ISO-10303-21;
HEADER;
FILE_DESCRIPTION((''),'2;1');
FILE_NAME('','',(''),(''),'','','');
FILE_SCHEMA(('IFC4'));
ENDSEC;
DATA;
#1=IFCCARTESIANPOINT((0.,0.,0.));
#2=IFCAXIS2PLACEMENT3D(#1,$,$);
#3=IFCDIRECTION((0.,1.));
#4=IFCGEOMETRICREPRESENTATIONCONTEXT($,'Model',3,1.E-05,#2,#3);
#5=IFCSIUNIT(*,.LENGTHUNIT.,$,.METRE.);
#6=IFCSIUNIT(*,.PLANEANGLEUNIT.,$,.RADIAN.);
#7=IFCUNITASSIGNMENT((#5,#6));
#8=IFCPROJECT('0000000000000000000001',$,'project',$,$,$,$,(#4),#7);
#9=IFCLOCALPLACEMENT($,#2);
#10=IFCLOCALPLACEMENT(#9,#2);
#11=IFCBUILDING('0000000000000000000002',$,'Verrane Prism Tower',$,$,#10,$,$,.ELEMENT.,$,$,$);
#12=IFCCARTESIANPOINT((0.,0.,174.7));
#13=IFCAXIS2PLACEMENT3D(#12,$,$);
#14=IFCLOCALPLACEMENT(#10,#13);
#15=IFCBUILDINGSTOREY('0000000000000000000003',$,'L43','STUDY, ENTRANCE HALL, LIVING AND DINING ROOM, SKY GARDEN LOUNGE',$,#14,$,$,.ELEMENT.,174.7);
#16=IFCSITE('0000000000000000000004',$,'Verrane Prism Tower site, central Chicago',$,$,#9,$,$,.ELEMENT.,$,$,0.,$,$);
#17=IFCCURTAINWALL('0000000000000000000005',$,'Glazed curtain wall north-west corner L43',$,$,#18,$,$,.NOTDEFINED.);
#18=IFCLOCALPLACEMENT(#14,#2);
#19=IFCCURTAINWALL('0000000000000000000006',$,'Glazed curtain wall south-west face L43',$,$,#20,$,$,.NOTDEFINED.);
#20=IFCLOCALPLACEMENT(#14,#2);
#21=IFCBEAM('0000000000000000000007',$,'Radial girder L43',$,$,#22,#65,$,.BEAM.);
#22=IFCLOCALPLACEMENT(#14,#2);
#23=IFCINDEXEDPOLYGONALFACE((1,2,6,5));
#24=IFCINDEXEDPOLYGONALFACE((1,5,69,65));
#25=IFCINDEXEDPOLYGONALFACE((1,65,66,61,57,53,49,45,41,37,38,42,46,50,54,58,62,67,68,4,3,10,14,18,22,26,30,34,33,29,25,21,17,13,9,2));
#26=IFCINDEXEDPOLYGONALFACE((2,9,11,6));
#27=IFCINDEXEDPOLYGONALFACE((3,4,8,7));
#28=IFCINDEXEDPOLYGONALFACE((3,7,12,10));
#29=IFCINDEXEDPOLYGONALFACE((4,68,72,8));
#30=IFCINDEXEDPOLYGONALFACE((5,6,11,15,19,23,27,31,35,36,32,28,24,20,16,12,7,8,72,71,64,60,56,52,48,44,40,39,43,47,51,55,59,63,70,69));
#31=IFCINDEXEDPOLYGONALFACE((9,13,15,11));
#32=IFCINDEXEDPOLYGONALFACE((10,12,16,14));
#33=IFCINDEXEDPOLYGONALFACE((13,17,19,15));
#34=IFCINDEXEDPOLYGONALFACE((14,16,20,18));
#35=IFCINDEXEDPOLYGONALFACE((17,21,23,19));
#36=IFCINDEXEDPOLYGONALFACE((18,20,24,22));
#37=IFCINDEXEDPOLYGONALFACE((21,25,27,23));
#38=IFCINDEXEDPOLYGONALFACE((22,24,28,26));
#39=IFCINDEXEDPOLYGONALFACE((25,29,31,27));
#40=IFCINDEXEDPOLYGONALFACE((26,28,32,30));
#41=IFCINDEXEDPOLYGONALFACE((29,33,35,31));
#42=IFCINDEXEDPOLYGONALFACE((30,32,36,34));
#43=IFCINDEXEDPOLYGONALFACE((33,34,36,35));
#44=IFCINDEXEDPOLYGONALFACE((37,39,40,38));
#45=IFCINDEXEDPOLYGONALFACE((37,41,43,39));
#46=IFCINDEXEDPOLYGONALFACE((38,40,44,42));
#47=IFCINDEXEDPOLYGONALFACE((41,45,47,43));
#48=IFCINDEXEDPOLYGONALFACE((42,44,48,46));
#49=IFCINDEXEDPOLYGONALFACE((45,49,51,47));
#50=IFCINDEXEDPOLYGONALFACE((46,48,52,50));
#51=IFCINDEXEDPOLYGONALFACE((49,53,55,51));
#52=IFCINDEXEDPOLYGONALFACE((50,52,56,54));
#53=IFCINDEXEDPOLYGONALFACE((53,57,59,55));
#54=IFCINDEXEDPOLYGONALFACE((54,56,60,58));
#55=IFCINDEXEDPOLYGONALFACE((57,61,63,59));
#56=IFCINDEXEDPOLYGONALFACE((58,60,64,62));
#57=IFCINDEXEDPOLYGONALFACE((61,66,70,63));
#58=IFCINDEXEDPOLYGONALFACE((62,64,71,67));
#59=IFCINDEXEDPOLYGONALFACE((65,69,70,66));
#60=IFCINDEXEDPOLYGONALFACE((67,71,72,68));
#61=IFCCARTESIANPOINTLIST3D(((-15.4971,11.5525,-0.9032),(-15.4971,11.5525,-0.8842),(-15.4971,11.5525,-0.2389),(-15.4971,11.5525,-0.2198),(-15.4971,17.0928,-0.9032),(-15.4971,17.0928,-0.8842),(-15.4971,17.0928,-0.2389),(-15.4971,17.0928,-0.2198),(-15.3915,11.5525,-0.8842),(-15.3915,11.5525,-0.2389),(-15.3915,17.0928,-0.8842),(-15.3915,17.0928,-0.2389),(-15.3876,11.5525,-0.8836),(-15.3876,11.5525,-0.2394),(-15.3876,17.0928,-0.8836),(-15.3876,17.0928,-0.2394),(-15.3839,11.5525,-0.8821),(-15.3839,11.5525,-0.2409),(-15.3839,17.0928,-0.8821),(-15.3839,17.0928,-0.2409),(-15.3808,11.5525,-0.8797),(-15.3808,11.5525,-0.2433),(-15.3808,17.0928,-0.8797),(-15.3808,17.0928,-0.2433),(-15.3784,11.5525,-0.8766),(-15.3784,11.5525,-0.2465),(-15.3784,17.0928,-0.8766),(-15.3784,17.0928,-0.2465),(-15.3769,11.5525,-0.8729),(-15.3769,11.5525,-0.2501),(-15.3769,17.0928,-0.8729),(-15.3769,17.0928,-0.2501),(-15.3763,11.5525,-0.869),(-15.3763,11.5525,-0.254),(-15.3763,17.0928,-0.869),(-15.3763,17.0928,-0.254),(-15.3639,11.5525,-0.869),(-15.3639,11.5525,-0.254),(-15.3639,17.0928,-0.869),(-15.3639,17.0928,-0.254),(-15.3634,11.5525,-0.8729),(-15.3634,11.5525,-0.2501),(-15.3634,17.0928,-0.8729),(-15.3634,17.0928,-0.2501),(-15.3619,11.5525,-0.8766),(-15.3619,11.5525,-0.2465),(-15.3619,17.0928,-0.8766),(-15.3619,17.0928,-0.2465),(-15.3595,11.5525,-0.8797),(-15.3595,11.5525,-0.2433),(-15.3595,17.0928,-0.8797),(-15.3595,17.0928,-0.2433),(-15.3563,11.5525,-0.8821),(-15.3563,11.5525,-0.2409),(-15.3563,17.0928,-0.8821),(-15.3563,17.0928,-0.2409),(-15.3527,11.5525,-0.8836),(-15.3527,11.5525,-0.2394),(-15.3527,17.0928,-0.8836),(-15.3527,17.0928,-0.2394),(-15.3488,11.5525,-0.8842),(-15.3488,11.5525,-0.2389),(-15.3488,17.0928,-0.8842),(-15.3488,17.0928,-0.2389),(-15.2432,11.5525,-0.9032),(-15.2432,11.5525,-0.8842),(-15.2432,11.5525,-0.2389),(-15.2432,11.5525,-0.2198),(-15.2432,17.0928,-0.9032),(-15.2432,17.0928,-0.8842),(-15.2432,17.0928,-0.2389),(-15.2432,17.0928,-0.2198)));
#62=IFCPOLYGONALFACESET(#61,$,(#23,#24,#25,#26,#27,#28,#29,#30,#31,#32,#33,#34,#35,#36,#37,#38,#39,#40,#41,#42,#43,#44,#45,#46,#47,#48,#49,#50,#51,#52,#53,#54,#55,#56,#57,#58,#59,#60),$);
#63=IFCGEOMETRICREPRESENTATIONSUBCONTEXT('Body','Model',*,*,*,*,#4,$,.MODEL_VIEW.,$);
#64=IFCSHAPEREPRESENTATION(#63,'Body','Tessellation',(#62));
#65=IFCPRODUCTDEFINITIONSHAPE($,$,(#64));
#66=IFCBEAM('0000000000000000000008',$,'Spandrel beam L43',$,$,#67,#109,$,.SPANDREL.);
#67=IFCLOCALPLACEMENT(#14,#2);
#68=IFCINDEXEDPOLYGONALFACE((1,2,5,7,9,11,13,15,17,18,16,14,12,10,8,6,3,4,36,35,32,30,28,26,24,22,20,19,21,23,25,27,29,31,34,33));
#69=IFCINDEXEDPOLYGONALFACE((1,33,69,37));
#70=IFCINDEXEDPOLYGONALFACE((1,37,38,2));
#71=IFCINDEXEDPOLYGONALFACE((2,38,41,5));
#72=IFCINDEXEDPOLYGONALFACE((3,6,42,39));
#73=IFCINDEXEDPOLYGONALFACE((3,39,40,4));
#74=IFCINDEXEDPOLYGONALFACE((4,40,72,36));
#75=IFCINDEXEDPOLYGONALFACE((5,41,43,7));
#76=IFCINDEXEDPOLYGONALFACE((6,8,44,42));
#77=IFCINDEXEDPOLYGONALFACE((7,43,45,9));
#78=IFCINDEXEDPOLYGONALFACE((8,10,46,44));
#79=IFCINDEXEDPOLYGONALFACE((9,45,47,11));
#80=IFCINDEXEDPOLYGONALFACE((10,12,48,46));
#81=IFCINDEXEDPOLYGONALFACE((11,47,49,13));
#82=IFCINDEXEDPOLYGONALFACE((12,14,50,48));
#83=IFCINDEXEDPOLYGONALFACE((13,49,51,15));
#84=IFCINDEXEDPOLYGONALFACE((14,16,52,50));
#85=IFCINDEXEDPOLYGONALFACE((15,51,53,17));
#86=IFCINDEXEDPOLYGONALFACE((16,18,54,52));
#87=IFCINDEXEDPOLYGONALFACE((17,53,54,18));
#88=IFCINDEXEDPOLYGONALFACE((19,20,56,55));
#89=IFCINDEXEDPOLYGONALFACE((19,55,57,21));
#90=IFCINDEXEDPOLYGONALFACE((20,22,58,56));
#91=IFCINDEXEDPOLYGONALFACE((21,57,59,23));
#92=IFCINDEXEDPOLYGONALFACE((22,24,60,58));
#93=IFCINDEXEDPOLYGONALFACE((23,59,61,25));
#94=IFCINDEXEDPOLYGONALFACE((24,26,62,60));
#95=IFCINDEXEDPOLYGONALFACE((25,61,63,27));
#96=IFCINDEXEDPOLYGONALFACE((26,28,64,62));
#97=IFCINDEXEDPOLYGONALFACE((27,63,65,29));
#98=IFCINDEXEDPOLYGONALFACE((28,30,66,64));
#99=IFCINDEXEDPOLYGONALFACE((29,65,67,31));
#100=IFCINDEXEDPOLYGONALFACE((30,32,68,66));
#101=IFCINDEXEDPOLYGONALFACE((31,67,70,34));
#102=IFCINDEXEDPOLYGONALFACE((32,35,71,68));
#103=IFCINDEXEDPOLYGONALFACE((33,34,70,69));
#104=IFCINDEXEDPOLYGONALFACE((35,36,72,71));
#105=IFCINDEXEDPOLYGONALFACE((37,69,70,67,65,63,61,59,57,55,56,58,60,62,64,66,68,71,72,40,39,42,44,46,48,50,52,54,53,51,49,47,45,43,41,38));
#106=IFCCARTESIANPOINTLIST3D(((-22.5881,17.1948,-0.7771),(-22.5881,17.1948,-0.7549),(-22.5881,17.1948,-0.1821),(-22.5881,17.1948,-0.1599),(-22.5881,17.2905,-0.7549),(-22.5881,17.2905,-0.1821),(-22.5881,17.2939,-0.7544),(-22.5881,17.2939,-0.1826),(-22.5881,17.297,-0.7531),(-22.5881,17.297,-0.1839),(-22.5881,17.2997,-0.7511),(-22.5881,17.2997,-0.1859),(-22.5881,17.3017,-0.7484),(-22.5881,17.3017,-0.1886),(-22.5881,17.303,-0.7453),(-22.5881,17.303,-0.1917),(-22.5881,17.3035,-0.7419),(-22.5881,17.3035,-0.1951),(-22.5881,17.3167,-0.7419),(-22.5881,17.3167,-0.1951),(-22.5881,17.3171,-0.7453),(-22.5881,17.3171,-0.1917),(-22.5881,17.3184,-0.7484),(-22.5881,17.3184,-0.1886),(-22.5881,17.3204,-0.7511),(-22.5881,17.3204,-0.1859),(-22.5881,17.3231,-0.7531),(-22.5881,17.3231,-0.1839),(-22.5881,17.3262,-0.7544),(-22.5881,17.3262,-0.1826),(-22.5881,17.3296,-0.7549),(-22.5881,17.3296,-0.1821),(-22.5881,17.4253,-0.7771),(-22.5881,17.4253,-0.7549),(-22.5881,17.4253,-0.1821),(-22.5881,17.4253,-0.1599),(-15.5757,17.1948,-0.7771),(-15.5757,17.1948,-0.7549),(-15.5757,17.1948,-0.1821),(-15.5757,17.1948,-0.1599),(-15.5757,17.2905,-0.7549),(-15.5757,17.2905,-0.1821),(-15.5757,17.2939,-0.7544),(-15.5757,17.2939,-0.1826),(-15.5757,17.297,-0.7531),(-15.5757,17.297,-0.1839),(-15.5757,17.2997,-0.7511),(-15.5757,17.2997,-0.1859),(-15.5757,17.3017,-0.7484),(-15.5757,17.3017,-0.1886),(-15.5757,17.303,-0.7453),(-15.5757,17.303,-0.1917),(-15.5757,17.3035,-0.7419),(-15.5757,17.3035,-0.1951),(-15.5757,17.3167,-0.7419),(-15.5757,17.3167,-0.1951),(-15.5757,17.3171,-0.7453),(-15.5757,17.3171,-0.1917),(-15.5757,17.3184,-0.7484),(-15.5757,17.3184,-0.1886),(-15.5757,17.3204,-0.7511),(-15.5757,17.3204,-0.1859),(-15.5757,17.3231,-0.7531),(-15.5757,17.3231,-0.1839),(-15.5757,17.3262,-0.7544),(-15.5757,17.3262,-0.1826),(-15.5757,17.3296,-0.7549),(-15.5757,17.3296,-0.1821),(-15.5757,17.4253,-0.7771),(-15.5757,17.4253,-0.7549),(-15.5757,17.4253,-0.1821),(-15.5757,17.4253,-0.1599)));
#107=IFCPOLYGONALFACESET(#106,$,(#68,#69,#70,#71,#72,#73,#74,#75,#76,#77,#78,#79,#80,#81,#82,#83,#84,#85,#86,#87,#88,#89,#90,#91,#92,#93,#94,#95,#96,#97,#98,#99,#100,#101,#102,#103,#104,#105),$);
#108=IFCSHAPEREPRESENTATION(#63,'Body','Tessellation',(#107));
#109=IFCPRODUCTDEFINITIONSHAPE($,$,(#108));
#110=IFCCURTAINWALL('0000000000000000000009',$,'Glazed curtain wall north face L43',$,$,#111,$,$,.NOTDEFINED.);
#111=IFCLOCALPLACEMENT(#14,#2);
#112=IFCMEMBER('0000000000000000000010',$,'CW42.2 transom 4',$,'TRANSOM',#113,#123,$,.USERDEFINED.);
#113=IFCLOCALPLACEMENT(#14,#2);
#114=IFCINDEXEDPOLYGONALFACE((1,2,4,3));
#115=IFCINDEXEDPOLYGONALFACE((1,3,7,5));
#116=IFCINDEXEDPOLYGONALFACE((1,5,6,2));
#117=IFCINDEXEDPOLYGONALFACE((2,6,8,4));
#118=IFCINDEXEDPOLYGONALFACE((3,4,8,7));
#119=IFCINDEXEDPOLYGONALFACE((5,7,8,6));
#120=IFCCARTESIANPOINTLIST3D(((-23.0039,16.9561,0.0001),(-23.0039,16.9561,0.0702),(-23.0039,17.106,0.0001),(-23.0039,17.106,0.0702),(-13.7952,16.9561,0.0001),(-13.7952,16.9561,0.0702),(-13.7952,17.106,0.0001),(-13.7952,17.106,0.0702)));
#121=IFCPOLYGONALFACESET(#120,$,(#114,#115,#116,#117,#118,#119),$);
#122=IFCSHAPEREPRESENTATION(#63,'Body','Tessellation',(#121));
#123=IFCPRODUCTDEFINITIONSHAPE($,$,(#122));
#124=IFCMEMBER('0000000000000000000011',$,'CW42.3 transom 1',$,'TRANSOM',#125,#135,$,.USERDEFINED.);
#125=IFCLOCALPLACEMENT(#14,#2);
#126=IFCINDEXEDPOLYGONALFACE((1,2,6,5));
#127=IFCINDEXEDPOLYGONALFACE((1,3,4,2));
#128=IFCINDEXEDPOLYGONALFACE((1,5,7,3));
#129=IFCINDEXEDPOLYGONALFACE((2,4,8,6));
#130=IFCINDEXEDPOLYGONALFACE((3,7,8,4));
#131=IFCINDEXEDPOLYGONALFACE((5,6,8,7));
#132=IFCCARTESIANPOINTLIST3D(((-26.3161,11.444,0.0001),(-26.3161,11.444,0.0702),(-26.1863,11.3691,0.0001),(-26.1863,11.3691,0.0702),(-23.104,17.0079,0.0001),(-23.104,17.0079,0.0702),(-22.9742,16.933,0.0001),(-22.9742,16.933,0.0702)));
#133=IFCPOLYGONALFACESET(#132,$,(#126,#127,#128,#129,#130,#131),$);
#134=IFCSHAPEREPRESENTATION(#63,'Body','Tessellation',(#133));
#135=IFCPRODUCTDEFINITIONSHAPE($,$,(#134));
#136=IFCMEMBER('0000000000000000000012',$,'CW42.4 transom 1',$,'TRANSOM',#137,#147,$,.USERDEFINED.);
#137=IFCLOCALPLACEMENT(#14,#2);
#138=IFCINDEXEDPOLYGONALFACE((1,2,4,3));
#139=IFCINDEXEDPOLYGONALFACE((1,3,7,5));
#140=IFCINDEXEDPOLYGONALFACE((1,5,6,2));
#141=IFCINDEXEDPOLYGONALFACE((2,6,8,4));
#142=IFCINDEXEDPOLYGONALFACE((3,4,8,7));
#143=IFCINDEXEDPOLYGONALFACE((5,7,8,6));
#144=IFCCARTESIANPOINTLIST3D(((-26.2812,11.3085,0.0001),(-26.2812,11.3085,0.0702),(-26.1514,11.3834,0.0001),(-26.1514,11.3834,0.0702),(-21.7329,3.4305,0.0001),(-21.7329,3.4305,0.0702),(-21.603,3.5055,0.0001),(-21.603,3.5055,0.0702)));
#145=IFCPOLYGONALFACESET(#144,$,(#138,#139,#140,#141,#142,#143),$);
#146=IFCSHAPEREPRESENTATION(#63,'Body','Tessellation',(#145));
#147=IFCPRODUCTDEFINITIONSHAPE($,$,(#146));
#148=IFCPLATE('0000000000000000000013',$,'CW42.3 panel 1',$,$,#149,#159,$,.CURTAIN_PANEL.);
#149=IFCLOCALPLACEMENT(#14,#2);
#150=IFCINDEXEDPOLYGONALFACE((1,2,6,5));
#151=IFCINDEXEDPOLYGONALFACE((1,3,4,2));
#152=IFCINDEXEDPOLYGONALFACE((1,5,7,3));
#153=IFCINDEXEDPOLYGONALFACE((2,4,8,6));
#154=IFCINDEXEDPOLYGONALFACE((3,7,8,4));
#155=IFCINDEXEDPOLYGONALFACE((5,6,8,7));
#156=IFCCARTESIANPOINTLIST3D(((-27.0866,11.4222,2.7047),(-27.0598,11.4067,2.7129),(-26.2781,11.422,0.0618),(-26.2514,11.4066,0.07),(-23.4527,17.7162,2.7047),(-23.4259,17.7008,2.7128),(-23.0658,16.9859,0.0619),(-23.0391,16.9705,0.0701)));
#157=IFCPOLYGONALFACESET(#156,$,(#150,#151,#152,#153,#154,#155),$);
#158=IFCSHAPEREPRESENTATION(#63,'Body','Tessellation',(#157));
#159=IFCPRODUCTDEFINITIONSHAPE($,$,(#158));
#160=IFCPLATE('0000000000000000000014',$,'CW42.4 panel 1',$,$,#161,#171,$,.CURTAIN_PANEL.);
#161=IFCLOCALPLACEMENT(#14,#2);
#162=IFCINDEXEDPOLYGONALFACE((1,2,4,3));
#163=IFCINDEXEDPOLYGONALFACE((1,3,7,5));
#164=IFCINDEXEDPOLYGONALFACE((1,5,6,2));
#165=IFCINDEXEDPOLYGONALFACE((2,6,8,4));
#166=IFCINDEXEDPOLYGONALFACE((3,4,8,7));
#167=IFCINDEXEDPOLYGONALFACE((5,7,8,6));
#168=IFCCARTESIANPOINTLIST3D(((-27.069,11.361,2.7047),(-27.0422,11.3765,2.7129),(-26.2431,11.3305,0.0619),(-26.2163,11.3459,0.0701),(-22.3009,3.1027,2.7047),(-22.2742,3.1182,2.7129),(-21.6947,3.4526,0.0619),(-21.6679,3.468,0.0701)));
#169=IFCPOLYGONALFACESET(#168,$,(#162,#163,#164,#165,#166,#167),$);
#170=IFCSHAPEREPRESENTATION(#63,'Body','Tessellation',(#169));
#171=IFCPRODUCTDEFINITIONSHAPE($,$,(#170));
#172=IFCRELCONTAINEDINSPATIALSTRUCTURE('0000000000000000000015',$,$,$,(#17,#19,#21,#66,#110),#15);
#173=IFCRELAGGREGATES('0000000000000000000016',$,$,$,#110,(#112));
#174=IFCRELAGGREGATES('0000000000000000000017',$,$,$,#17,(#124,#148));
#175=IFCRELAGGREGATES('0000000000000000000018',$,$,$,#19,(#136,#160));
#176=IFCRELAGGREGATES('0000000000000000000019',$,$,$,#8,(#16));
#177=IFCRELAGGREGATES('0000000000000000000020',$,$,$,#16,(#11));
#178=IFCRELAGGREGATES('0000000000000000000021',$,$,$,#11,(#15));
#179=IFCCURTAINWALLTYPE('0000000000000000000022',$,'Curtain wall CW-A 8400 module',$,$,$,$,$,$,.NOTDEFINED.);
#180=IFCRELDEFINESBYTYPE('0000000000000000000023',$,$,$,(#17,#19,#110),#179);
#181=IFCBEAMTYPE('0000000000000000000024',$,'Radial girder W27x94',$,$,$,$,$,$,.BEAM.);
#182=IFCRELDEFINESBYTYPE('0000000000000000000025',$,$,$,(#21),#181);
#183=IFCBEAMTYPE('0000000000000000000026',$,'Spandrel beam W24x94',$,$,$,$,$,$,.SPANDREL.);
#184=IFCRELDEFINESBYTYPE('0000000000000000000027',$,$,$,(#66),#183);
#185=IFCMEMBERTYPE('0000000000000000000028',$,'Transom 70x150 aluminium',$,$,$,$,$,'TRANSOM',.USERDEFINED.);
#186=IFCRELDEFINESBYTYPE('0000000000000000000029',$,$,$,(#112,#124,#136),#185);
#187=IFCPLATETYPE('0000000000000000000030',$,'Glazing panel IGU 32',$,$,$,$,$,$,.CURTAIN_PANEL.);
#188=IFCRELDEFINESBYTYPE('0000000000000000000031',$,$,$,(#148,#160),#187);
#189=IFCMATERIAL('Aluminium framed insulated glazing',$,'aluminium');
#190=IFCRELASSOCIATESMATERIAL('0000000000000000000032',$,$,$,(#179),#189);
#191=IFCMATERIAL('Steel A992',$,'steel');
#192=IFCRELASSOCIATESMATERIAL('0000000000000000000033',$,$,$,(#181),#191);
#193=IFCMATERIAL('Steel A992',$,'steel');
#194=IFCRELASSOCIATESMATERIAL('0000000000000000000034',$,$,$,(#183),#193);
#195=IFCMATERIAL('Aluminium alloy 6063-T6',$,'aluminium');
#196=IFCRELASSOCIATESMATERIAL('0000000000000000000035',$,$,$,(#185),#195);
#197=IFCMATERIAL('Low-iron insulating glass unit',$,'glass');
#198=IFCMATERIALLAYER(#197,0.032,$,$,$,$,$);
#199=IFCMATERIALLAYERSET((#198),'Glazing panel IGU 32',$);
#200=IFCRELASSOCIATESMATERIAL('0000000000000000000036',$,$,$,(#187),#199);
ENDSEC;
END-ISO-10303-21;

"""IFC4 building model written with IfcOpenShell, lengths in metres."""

from ifc_helpers import new_model, si_unit, direction, frame, origin, origin_2d, place, context, subcontext, project, spatial, polyline, rectangle, i_section, outline, extrude, material, layer, layer_set, material_profile, profile_set, type_object, element, aggregate, save


model = new_model("IFC4")

# Units and contexts
model_context = context("Model", 3, precision=1e-05, world=origin(), true_north=direction((0.0, 1.0)))
body_context = subcontext(model_context, "Body", "Model", "MODEL_VIEW")
ifc_project = project(units=[si_unit("LENGTHUNIT", "METRE"), si_unit("PLANEANGLEUNIT", "RADIAN")], contexts=[model_context])

# Site, building, storey
site_placement = place(None, origin())
site = spatial("IfcSite", under=ifc_project, at=site_placement, Name="Verrane Prism Tower site, central Chicago", CompositionType="ELEMENT", RefElevation=0.0)
building_placement = place(site_placement, origin())
building = spatial("IfcBuilding", under=site, at=building_placement, Name="Verrane Prism Tower", CompositionType="ELEMENT")
storey_placement = place(building_placement, frame((0.0, 0.0, 174.7)))
storey = spatial("IfcBuildingStorey", under=building, at=storey_placement, Name="L43", Description="STUDY, ENTRANCE HALL, LIVING AND DINING ROOM, SKY GARDEN LOUNGE", CompositionType="ELEMENT", Elevation=174.7)

# Curtain walls
ifc_material_1 = material(Name="Aluminium framed insulated glazing", Category="aluminium")
curtain_wall_type = type_object("IfcCurtainWallType", Name="Curtain wall CW-A 8400 module", PredefinedType="NOTDEFINED", material=ifc_material_1)
curtain_wall_1_placement = place(storey_placement, origin())
curtain_wall_1 = element("IfcCurtainWall", 1, at=curtain_wall_1_placement, inside=storey, type_object=curtain_wall_type, Name="Glazed curtain wall north-west corner L43", PredefinedType="NOTDEFINED")
curtain_wall_2_placement = place(storey_placement, origin())
curtain_wall_2 = element("IfcCurtainWall", 2, at=curtain_wall_2_placement, inside=storey, type_object=curtain_wall_type, Name="Glazed curtain wall south-west face L43", PredefinedType="NOTDEFINED")

# Beams
ifc_material_2 = material(Name="Steel A992", Category="steel")
ifc_material_profile_1 = material_profile(ifc_material_2, i_section(OverallWidth=0.2539, OverallDepth=0.6833, WebThickness=0.0125, FlangeThickness=0.019, FilletRadius=0.0151, at=origin_2d()), Name="W27x94")
ifc_profile_set_1 = profile_set([ifc_material_profile_1], Name="Steel A992")
beam_type_1 = type_object("IfcBeamType", Name="Radial girder W27x94", PredefinedType="BEAM", material=ifc_profile_set_1)
beam_1_placement = place(storey_placement, frame((-15.3701, 17.0928, -0.5615), z_axis=(0.0, -1.0, 0.0), x_axis=(1.0, 0.0, 0.0)))
element("IfcBeam", 3, at=beam_1_placement, inside=storey, type_object=beam_type_1, Name="Radial girder L43", PredefinedType="BEAM", context=body_context, shape_type="SweptSolid", body=[
    extrude(i_section(OverallWidth=0.2539, OverallDepth=0.6833, WebThickness=0.0125, FlangeThickness=0.019, FilletRadius=0.0151, at=origin_2d()), origin(), (0.0, 0.0, 1.0), 5.5403),
])
ifc_material_3 = material(Name="Steel A992", Category="steel")
ifc_material_profile_2 = material_profile(ifc_material_3, i_section(OverallWidth=0.2305, OverallDepth=0.6172, WebThickness=0.0132, FlangeThickness=0.0222, FilletRadius=0.0129, at=origin_2d()), Name="W24x94")
ifc_profile_set_2 = profile_set([ifc_material_profile_2], Name="Steel A992")
beam_type_2 = type_object("IfcBeamType", Name="Spandrel beam W24x94", PredefinedType="SPANDREL", material=ifc_profile_set_2)
beam_2_placement = place(storey_placement, frame((-15.5757, 17.3101, -0.4685), z_axis=(-1.0, 0.0, 0.0), x_axis=(0.0, -1.0, 0.0)))
element("IfcBeam", 4, at=beam_2_placement, inside=storey, type_object=beam_type_2, Name="Spandrel beam L43", PredefinedType="SPANDREL", context=body_context, shape_type="SweptSolid", body=[
    extrude(i_section(OverallWidth=0.2305, OverallDepth=0.6172, WebThickness=0.0132, FlangeThickness=0.0222, FilletRadius=0.0129, at=origin_2d()), origin(), (0.0, 0.0, 1.0), 7.0125),
])

# Curtain wall, member
curtain_wall_3_placement = place(storey_placement, origin())
curtain_wall_3 = element("IfcCurtainWall", 5, at=curtain_wall_3_placement, inside=storey, type_object=curtain_wall_type, Name="Glazed curtain wall north face L43", PredefinedType="NOTDEFINED")
ifc_material_4 = material(Name="Aluminium alloy 6063-T6", Category="aluminium")
ifc_material_profile_3 = material_profile(ifc_material_4, rectangle(XDim=0.1499, YDim=0.0701, at=origin_2d()), Name="Transom 70x150 aluminium")
ifc_profile_set_3 = profile_set([ifc_material_profile_3], Name="Aluminium alloy 6063-T6")
member_type_1 = type_object("IfcMemberType", Name="Transom 70x150 aluminium", ElementType="TRANSOM", PredefinedType="USERDEFINED", material=ifc_profile_set_3)
member_1_placement = place(storey_placement, frame((-13.7952, 17.031, 0.0352), z_axis=(-1.0, 0.0, 0.0), x_axis=(0.0, -1.0, 0.0)))
member_1 = element("IfcMember", 6, at=member_1_placement, type_object=member_type_1, Name="CW42.2 transom 4", ObjectType="TRANSOM", PredefinedType="USERDEFINED", context=body_context, shape_type="SweptSolid", body=[
    extrude(rectangle(XDim=0.1499, YDim=0.0701, at=origin_2d()), origin(), (0.0, 0.0, 1.0), 9.2087),
])
aggregate(curtain_wall_3, [member_1])

# Members
member_2_placement = place(storey_placement, frame((-23.0391, 16.9705, 0.0352), z_axis=(-0.499977, -0.866039, 0.0), x_axis=(0.866039, -0.499977, 0.0)))
member_2 = element("IfcMember", 7, at=member_2_placement, type_object=member_type_1, Name="CW42.3 transom 1", ObjectType="TRANSOM", PredefinedType="USERDEFINED", context=body_context, shape_type="SweptSolid", body=[
    extrude(rectangle(XDim=0.1499, YDim=0.0701, at=origin_2d()), origin(), (0.0, 0.0, 1.0), 6.4246),
])
member_3_placement = place(storey_placement, frame((-26.2163, 11.3459, 0.0352), z_axis=(0.500001, -0.866025, 0.0), x_axis=(0.866025, 0.500001, 0.0)))
member_3 = element("IfcMember", 8, at=member_3_placement, type_object=member_type_1, Name="CW42.4 transom 1", ObjectType="TRANSOM", PredefinedType="USERDEFINED", context=body_context, shape_type="SweptSolid", body=[
    extrude(rectangle(XDim=0.1499, YDim=0.0701, at=origin_2d()), origin(), (0.0, 0.0, 1.0), 9.0967),
])

# Plates
ifc_material_5 = material(Name="Low-iron insulating glass unit", Category="glass")
ifc_layer_1 = layer(ifc_material_5, 0.032)
ifc_layer_set_1 = layer_set([ifc_layer_1], Name="Glazing panel IGU 32")
plate_type = type_object("IfcPlateType", Name="Glazing panel IGU 32", PredefinedType="CURTAIN_PANEL", material=ifc_layer_set_1)
plate_1_placement = place(storey_placement, frame((-23.0391, 16.9705, 0.0701), z_axis=(0.837141, -0.483325, 0.256109), x_axis=(-0.5, -0.866026, -0.000007)))
plate_1 = element("IfcPlate", 9, at=plate_1_placement, type_object=plate_type, Name="CW42.3 panel 1", PredefinedType="CURTAIN_PANEL", context=body_context, shape_type="SweptSolid", body=[
    extrude(outline(polyline([(0.0, 0.0), (6.4246, 0.0), (6.8287, -2.7341), (-0.4391, -2.734), (0.0, 0.0)])), origin(), (0.0, 0.0, -1.0), 0.032),
])
aggregate(curtain_wall_1, [member_2, plate_1])
plate_2_placement = place(storey_placement, frame((-26.2163, 11.3459, 0.0701), z_axis=(0.837157, 0.483341, 0.256027), x_axis=(0.500006, -0.866022, 0.000001)))
plate_2 = element("IfcPlate", 10, at=plate_2_placement, type_object=plate_type, Name="CW42.4 panel 1", PredefinedType="CURTAIN_PANEL", context=body_context, shape_type="SweptSolid", body=[
    extrude(outline(polyline([(0.0, 0.0), (9.0967, 0.0), (9.0965, -2.7339), (-0.4394, -2.734), (0.0, 0.0)])), origin(), (0.0, 0.0, -1.0), 0.032),
])
aggregate(curtain_wall_2, [member_3, plate_2])

save(model, "model.ifc")
